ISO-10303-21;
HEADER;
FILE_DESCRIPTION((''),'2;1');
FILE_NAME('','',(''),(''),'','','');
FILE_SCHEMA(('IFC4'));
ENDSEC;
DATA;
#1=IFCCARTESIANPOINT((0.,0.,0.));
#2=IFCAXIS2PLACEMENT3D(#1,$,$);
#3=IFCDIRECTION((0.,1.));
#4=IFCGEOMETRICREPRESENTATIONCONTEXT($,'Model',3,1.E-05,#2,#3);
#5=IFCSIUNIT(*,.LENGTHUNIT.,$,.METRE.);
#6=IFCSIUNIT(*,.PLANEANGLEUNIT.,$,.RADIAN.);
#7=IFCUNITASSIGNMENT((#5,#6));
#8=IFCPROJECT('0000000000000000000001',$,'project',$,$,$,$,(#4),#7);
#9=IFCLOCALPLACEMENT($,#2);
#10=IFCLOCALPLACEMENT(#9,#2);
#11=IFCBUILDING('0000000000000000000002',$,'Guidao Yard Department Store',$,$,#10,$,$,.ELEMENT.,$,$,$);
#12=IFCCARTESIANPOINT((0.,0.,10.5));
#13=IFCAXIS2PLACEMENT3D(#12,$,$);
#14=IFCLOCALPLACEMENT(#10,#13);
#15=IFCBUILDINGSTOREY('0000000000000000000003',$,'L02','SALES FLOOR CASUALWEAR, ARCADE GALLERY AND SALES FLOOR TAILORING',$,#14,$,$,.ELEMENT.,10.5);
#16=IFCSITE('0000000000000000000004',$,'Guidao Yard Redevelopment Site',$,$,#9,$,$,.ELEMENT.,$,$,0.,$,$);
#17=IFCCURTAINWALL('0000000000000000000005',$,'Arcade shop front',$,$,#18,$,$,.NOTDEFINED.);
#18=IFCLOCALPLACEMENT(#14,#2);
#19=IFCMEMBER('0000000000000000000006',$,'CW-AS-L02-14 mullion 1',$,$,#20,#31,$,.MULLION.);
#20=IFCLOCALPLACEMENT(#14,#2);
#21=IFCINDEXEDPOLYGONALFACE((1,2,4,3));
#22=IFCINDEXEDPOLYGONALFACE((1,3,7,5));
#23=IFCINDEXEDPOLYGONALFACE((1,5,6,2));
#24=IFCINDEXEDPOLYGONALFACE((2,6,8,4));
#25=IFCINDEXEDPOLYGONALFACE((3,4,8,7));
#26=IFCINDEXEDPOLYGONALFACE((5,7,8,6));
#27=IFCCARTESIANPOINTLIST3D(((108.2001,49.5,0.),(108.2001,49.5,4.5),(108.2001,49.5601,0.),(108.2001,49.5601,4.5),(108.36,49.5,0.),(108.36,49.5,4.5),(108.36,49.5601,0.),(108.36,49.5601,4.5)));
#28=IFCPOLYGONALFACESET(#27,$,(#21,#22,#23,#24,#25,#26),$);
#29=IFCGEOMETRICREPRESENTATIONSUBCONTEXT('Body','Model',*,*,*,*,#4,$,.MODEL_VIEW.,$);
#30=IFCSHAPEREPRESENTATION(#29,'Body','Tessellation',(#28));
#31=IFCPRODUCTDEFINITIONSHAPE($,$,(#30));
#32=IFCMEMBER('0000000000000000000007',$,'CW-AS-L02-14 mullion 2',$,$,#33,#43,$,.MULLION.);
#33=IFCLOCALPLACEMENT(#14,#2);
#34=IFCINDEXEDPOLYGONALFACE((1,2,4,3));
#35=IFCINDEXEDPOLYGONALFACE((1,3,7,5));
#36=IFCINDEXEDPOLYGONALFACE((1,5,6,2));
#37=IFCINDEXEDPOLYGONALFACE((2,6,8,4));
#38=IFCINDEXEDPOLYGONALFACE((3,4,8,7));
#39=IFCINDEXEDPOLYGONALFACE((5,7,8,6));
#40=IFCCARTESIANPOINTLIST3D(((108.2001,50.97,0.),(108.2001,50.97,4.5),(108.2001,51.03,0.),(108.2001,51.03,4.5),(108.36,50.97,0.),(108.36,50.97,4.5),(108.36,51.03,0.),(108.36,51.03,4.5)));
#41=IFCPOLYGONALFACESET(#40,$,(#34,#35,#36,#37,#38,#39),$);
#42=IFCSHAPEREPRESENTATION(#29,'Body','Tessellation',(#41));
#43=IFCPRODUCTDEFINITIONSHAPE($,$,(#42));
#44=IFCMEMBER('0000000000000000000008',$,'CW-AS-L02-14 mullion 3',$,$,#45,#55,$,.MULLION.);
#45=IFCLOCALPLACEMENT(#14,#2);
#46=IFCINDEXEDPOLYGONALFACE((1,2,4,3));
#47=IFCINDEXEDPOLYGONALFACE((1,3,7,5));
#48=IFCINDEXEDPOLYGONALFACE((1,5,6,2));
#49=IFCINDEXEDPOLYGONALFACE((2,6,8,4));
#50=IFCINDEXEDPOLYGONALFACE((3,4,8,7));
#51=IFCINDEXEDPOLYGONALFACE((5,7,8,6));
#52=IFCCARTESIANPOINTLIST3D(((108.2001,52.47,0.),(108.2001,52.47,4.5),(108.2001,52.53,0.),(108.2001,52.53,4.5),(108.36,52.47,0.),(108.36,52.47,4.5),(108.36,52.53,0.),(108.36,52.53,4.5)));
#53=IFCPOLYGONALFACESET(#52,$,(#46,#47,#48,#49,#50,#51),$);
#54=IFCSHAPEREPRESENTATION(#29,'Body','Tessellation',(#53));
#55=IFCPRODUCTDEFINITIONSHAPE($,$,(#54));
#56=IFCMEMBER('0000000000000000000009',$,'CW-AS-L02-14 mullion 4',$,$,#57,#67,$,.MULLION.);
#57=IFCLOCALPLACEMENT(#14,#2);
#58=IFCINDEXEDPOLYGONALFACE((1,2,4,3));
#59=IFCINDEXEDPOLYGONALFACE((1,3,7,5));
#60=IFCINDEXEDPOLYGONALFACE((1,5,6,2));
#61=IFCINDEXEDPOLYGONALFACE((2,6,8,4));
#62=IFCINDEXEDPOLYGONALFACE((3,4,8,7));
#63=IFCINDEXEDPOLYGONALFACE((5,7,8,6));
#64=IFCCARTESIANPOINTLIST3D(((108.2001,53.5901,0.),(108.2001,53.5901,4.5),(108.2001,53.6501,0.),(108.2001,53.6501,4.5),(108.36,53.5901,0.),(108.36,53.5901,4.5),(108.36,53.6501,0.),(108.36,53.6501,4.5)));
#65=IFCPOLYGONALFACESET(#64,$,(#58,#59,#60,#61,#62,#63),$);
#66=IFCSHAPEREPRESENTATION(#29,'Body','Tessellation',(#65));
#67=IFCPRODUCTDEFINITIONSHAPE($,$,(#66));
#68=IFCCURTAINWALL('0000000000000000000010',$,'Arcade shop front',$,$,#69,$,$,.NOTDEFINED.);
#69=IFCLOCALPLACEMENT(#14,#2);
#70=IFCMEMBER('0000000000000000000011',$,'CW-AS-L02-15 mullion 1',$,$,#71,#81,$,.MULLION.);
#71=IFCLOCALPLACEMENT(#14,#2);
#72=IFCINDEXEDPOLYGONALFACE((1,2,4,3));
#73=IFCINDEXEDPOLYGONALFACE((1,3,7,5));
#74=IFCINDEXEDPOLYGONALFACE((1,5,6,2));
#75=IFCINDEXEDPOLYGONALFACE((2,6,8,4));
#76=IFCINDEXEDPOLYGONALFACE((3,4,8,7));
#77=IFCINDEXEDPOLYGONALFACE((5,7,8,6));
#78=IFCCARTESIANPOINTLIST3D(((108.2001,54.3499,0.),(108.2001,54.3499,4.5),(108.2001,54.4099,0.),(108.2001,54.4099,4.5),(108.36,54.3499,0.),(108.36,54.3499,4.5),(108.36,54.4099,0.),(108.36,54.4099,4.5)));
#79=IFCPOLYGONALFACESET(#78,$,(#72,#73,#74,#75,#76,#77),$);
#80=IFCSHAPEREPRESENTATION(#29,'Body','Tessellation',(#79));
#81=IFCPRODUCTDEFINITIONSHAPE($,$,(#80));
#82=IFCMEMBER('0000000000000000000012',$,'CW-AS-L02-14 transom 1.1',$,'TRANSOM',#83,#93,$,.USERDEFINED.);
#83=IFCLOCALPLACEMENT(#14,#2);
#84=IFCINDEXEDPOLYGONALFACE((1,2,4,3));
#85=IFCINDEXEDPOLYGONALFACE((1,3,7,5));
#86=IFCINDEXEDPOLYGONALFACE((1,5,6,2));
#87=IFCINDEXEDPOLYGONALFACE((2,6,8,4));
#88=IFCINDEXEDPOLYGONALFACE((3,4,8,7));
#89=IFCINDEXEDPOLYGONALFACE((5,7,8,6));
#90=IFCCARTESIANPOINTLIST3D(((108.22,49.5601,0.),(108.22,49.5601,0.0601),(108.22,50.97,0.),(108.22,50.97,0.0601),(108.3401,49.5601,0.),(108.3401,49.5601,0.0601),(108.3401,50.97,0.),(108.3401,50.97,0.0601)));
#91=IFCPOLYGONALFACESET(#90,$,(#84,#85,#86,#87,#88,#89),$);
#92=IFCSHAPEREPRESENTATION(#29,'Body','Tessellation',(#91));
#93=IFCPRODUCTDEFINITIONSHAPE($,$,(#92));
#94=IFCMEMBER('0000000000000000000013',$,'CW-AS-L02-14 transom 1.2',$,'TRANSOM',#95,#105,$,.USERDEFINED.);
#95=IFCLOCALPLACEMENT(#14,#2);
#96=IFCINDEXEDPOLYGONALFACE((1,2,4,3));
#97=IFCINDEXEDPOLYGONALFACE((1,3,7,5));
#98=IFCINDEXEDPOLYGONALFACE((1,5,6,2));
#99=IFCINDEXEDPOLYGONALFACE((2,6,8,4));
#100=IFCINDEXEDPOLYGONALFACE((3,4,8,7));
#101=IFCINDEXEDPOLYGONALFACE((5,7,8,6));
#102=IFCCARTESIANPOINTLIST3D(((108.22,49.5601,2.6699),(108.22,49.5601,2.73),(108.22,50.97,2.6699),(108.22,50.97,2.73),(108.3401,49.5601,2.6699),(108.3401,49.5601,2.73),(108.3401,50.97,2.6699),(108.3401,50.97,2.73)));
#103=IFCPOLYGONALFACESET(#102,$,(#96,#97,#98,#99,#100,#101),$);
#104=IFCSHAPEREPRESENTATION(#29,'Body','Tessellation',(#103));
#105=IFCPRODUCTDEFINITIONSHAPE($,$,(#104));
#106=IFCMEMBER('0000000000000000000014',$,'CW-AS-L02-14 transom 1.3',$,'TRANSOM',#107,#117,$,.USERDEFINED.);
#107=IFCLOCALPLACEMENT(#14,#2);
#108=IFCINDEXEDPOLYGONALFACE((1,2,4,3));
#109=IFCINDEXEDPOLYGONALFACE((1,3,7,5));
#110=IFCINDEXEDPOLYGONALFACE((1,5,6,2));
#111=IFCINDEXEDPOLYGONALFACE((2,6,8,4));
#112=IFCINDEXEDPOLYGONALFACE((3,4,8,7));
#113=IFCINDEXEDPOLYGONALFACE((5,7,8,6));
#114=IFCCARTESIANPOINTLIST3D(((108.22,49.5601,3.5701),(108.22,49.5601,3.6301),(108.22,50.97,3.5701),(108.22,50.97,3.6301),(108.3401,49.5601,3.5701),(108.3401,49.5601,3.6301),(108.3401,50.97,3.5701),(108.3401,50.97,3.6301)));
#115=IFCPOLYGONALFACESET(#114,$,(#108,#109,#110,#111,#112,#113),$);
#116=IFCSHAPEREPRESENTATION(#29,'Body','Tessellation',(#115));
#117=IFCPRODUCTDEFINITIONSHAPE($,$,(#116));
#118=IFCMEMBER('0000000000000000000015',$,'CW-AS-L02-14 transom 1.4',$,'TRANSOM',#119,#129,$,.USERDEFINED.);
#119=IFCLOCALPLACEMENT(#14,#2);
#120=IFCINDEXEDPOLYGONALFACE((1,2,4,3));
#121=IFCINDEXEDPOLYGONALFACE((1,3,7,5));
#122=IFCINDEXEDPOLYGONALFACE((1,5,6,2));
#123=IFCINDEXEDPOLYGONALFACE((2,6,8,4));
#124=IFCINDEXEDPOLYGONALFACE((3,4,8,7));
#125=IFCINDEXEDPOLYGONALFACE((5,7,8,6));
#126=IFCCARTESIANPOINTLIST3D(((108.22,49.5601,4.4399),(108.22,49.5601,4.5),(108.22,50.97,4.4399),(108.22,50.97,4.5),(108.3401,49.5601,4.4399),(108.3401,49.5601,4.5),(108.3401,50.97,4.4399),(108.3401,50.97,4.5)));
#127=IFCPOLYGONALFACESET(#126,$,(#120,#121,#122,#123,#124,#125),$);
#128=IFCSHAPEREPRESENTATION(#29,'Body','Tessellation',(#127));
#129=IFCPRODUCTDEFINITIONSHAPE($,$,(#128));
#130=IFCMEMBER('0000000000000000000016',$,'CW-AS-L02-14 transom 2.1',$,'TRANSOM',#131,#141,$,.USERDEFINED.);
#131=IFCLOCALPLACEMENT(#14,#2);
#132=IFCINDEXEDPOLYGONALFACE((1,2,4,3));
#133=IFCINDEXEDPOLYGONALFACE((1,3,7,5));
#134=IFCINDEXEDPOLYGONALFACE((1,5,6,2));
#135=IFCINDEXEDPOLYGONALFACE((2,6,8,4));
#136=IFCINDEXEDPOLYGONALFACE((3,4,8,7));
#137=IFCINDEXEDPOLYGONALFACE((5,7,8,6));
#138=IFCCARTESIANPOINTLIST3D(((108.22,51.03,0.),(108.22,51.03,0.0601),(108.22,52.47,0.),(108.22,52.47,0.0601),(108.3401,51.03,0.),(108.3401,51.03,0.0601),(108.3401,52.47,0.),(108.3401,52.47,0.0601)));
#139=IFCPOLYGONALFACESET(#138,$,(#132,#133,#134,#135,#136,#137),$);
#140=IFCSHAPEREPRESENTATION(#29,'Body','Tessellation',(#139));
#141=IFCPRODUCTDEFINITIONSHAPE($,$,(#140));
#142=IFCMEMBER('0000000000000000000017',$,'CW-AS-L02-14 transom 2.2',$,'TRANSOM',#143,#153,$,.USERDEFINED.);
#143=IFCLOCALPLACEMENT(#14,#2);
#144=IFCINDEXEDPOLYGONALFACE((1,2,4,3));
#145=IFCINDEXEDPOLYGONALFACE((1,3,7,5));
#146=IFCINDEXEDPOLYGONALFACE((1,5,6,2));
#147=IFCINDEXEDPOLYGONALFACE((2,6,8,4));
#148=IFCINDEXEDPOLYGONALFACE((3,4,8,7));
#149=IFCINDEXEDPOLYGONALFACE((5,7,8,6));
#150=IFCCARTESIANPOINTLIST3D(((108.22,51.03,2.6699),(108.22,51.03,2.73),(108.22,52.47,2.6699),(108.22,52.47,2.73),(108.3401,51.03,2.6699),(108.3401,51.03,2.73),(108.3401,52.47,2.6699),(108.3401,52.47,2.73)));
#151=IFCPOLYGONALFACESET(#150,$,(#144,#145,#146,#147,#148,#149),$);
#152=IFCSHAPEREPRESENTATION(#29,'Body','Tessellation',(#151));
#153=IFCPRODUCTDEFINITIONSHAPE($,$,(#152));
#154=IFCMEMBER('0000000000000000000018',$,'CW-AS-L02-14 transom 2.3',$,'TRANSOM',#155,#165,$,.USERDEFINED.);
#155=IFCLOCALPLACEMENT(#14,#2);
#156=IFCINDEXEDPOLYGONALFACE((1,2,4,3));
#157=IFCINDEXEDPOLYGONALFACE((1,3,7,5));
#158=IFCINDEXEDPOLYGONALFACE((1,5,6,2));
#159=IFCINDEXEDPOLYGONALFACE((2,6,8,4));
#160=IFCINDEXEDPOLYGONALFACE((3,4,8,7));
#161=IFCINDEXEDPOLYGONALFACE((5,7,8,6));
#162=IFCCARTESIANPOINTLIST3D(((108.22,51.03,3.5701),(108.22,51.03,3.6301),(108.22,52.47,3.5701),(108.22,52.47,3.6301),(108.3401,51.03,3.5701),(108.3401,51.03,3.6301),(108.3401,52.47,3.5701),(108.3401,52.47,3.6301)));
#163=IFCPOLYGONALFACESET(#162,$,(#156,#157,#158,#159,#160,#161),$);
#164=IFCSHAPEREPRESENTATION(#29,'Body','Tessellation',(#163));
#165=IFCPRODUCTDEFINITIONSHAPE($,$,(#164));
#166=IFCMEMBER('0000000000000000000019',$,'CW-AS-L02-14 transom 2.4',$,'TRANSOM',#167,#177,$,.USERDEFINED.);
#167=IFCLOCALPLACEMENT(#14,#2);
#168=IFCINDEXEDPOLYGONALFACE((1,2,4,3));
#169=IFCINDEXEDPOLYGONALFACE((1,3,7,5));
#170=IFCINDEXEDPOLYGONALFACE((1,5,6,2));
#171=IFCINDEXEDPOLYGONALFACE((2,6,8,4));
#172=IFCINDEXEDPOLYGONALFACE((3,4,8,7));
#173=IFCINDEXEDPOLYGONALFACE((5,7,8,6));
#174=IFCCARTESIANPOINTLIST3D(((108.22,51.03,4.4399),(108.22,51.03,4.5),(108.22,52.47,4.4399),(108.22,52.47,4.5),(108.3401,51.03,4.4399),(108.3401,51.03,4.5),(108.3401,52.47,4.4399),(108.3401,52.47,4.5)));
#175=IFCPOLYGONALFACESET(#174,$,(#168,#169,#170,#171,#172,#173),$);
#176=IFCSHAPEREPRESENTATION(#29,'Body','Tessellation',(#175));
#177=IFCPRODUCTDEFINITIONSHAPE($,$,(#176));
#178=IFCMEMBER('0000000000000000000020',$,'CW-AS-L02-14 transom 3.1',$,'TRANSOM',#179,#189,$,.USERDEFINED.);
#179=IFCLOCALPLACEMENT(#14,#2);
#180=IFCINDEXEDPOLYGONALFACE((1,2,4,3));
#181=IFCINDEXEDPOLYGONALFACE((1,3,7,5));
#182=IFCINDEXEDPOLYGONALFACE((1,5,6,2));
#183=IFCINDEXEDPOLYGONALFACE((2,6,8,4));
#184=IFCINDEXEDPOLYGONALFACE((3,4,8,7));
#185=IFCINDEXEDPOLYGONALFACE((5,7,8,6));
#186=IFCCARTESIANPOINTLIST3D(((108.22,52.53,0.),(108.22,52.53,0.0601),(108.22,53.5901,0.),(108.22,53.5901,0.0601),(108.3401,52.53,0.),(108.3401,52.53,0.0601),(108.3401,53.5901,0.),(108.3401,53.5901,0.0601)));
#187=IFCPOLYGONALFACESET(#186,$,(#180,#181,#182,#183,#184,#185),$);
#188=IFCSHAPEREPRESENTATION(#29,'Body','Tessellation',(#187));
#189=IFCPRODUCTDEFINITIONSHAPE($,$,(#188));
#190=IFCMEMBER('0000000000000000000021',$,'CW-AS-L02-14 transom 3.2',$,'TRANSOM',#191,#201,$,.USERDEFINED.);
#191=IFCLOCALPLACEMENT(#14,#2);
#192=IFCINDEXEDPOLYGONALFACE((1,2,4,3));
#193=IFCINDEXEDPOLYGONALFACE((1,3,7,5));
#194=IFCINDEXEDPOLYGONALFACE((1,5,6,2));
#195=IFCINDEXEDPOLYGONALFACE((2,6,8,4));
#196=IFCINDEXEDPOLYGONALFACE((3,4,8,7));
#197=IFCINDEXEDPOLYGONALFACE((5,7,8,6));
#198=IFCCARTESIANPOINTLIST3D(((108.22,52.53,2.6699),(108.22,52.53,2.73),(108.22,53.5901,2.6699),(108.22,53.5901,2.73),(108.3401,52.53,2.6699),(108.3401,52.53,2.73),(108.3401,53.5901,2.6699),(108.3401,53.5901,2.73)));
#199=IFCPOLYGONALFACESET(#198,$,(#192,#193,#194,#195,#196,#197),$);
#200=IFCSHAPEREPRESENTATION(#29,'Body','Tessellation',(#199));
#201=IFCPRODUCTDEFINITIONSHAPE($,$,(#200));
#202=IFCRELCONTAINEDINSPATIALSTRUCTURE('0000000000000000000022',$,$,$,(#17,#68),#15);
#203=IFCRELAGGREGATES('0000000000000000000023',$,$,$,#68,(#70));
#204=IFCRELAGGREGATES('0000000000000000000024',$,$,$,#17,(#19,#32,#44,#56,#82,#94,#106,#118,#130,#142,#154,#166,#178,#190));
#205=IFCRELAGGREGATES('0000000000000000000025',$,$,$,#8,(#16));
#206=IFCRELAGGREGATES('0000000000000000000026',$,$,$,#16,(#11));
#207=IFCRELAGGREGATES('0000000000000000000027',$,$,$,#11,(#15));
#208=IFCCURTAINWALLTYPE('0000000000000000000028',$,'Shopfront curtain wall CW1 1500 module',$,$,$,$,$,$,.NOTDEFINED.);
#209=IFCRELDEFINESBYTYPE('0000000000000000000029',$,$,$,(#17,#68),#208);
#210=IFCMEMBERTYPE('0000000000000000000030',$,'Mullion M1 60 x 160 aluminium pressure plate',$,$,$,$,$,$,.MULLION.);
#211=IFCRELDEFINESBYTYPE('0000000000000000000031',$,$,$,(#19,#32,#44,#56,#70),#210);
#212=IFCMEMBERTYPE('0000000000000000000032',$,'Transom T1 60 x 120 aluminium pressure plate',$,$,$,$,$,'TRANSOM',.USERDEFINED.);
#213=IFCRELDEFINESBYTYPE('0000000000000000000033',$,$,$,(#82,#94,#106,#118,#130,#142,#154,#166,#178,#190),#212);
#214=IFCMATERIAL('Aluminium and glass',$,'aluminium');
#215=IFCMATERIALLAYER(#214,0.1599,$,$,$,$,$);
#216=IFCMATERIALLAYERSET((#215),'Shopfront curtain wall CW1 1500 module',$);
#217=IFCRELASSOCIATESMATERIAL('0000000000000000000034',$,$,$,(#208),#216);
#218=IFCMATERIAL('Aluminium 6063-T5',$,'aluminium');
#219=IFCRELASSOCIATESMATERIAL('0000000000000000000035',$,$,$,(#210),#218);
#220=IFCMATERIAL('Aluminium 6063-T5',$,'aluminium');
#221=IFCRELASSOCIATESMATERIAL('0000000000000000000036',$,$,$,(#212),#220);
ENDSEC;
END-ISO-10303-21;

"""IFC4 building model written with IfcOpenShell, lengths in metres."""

from ifc_helpers import new_model, si_unit, direction, frame, origin, origin_2d, place, context, subcontext, project, spatial, rectangle, extrude, material, layer, layer_set, material_profile, profile_set, type_object, element, aggregate, save


model = new_model("IFC4")

# Units and contexts
model_context = context("Model", 3, precision=1e-05, world=origin(), true_north=direction((0.0, 1.0)))
body_context = subcontext(model_context, "Body", "Model", "MODEL_VIEW")
ifc_project = project(units=[si_unit("LENGTHUNIT", "METRE"), si_unit("PLANEANGLEUNIT", "RADIAN")], contexts=[model_context])

# Site, building, storey
site_placement = place(None, origin())
site = spatial("IfcSite", under=ifc_project, at=site_placement, Name="Guidao Yard Redevelopment Site", CompositionType="ELEMENT", RefElevation=0.0)
building_placement = place(site_placement, origin())
building = spatial("IfcBuilding", under=site, at=building_placement, Name="Guidao Yard Department Store", CompositionType="ELEMENT")
storey_placement = place(building_placement, frame((0.0, 0.0, 10.5)))
storey = spatial("IfcBuildingStorey", under=building, at=storey_placement, Name="L02", Description="SALES FLOOR CASUALWEAR, ARCADE GALLERY AND SALES FLOOR TAILORING", CompositionType="ELEMENT", Elevation=10.5)

# Curtain wall, members
ifc_material_1 = material(Name="Aluminium and glass", Category="aluminium")
ifc_layer_1 = layer(ifc_material_1, 0.1599)
ifc_layer_set_1 = layer_set([ifc_layer_1], Name="Shopfront curtain wall CW1 1500 module")
curtain_wall_type = type_object("IfcCurtainWallType", Name="Shopfront curtain wall CW1 1500 module", PredefinedType="NOTDEFINED", material=ifc_layer_set_1)
curtain_wall_1_placement = place(storey_placement, origin())
curtain_wall_1 = element("IfcCurtainWall", 1, at=curtain_wall_1_placement, inside=storey, type_object=curtain_wall_type, Name="Arcade shop front", PredefinedType="NOTDEFINED")
ifc_material_2 = material(Name="Aluminium 6063-T5", Category="aluminium")
ifc_material_profile_1 = material_profile(ifc_material_2, rectangle(XDim=0.0601, YDim=0.1599, at=origin_2d()), Name="Mullion M1 60 x 160 aluminium pressure plate")
ifc_profile_set_1 = profile_set([ifc_material_profile_1], Name="Aluminium 6063-T5")
member_type_1 = type_object("IfcMemberType", Name="Mullion M1 60 x 160 aluminium pressure plate", PredefinedType="MULLION", material=ifc_profile_set_1)
member_1_placement = place(storey_placement, frame((108.28, 49.53, 0.0), z_axis=(0.0, 0.0, 1.0), x_axis=(0.0, -1.0, 0.0)))
member_1 = element("IfcMember", 2, at=member_1_placement, type_object=member_type_1, Name="CW-AS-L02-14 mullion 1", PredefinedType="MULLION", context=body_context, shape_type="SweptSolid", body=[
    extrude(rectangle(XDim=0.0601, YDim=0.1599, at=origin_2d()), origin(), (0.0, 0.0, 1.0), 4.5),
])
member_2_placement = place(storey_placement, frame((108.28, 51.0, 0.0), z_axis=(0.0, 0.0, 1.0), x_axis=(0.0, -1.0, 0.0)))
member_2 = element("IfcMember", 3, at=member_2_placement, type_object=member_type_1, Name="CW-AS-L02-14 mullion 2", PredefinedType="MULLION", context=body_context, shape_type="SweptSolid", body=[
    extrude(rectangle(XDim=0.0601, YDim=0.1599, at=origin_2d()), origin(), (0.0, 0.0, 1.0), 4.5),
])
member_3_placement = place(storey_placement, frame((108.28, 52.5, 0.0), z_axis=(0.0, 0.0, 1.0), x_axis=(0.0, -1.0, 0.0)))
member_3 = element("IfcMember", 4, at=member_3_placement, type_object=member_type_1, Name="CW-AS-L02-14 mullion 3", PredefinedType="MULLION", context=body_context, shape_type="SweptSolid", body=[
    extrude(rectangle(XDim=0.0601, YDim=0.1599, at=origin_2d()), origin(), (0.0, 0.0, 1.0), 4.5),
])
member_4_placement = place(storey_placement, frame((108.28, 53.6201, 0.0), z_axis=(0.0, 0.0, 1.0), x_axis=(0.0, -1.0, 0.0)))
member_4 = element("IfcMember", 5, at=member_4_placement, type_object=member_type_1, Name="CW-AS-L02-14 mullion 4", PredefinedType="MULLION", context=body_context, shape_type="SweptSolid", body=[
    extrude(rectangle(XDim=0.0601, YDim=0.1599, at=origin_2d()), origin(), (0.0, 0.0, 1.0), 4.5),
])

# Curtain wall, member
curtain_wall_2_placement = place(storey_placement, origin())
curtain_wall_2 = element("IfcCurtainWall", 6, at=curtain_wall_2_placement, inside=storey, type_object=curtain_wall_type, Name="Arcade shop front", PredefinedType="NOTDEFINED")
member_5_placement = place(storey_placement, frame((108.28, 54.3799, 0.0), z_axis=(0.0, 0.0, 1.0), x_axis=(0.0, -1.0, 0.0)))
member_5 = element("IfcMember", 7, at=member_5_placement, type_object=member_type_1, Name="CW-AS-L02-15 mullion 1", PredefinedType="MULLION", context=body_context, shape_type="SweptSolid", body=[
    extrude(rectangle(XDim=0.0601, YDim=0.1599, at=origin_2d()), origin(), (0.0, 0.0, 1.0), 4.5),
])
aggregate(curtain_wall_2, [member_5])

# Members
ifc_material_3 = material(Name="Aluminium 6063-T5", Category="aluminium")
ifc_material_profile_2 = material_profile(ifc_material_3, rectangle(XDim=0.1201, YDim=0.0601, at=origin_2d()), Name="Transom T1 60 x 120 aluminium pressure plate")
ifc_profile_set_2 = profile_set([ifc_material_profile_2], Name="Aluminium 6063-T5")
member_type_2 = type_object("IfcMemberType", Name="Transom T1 60 x 120 aluminium pressure plate", ElementType="TRANSOM", PredefinedType="USERDEFINED", material=ifc_profile_set_2)
member_6_placement = place(storey_placement, frame((108.28, 50.97, 0.03), z_axis=(0.0, -1.0, 0.0), x_axis=(1.0, 0.0, 0.0)))
member_6 = element("IfcMember", 8, at=member_6_placement, type_object=member_type_2, Name="CW-AS-L02-14 transom 1.1", ObjectType="TRANSOM", PredefinedType="USERDEFINED", context=body_context, shape_type="SweptSolid", body=[
    extrude(rectangle(XDim=0.1201, YDim=0.0601, at=origin_2d()), origin(), (0.0, 0.0, 1.0), 1.4099),
])
member_7_placement = place(storey_placement, frame((108.28, 50.97, 2.7), z_axis=(0.0, -1.0, 0.0), x_axis=(1.0, 0.0, 0.0)))
member_7 = element("IfcMember", 9, at=member_7_placement, type_object=member_type_2, Name="CW-AS-L02-14 transom 1.2", ObjectType="TRANSOM", PredefinedType="USERDEFINED", context=body_context, shape_type="SweptSolid", body=[
    extrude(rectangle(XDim=0.1201, YDim=0.0601, at=origin_2d()), origin(), (0.0, 0.0, 1.0), 1.4099),
])
member_8_placement = place(storey_placement, frame((108.28, 50.97, 3.6001), z_axis=(0.0, -1.0, 0.0), x_axis=(1.0, 0.0, 0.0)))
member_8 = element("IfcMember", 10, at=member_8_placement, type_object=member_type_2, Name="CW-AS-L02-14 transom 1.3", ObjectType="TRANSOM", PredefinedType="USERDEFINED", context=body_context, shape_type="SweptSolid", body=[
    extrude(rectangle(XDim=0.1201, YDim=0.0601, at=origin_2d()), origin(), (0.0, 0.0, 1.0), 1.4099),
])
member_9_placement = place(storey_placement, frame((108.28, 50.97, 4.47), z_axis=(0.0, -1.0, 0.0), x_axis=(1.0, 0.0, 0.0)))
member_9 = element("IfcMember", 11, at=member_9_placement, type_object=member_type_2, Name="CW-AS-L02-14 transom 1.4", ObjectType="TRANSOM", PredefinedType="USERDEFINED", context=body_context, shape_type="SweptSolid", body=[
    extrude(rectangle(XDim=0.1201, YDim=0.0601, at=origin_2d()), origin(), (0.0, 0.0, 1.0), 1.4099),
])
member_10_placement = place(storey_placement, frame((108.28, 52.47, 0.03), z_axis=(0.0, -1.0, 0.0), x_axis=(1.0, 0.0, 0.0)))
member_10 = element("IfcMember", 12, at=member_10_placement, type_object=member_type_2, Name="CW-AS-L02-14 transom 2.1", ObjectType="TRANSOM", PredefinedType="USERDEFINED", context=body_context, shape_type="SweptSolid", body=[
    extrude(rectangle(XDim=0.1201, YDim=0.0601, at=origin_2d()), origin(), (0.0, 0.0, 1.0), 1.4399),
])
member_11_placement = place(storey_placement, frame((108.28, 52.47, 2.7), z_axis=(0.0, -1.0, 0.0), x_axis=(1.0, 0.0, 0.0)))
member_11 = element("IfcMember", 13, at=member_11_placement, type_object=member_type_2, Name="CW-AS-L02-14 transom 2.2", ObjectType="TRANSOM", PredefinedType="USERDEFINED", context=body_context, shape_type="SweptSolid", body=[
    extrude(rectangle(XDim=0.1201, YDim=0.0601, at=origin_2d()), origin(), (0.0, 0.0, 1.0), 1.4399),
])
member_12_placement = place(storey_placement, frame((108.28, 52.47, 3.6001), z_axis=(0.0, -1.0, 0.0), x_axis=(1.0, 0.0, 0.0)))
member_12 = element("IfcMember", 14, at=member_12_placement, type_object=member_type_2, Name="CW-AS-L02-14 transom 2.3", ObjectType="TRANSOM", PredefinedType="USERDEFINED", context=body_context, shape_type="SweptSolid", body=[
    extrude(rectangle(XDim=0.1201, YDim=0.0601, at=origin_2d()), origin(), (0.0, 0.0, 1.0), 1.4399),
])
member_13_placement = place(storey_placement, frame((108.28, 52.47, 4.47), z_axis=(0.0, -1.0, 0.0), x_axis=(1.0, 0.0, 0.0)))
member_13 = element("IfcMember", 15, at=member_13_placement, type_object=member_type_2, Name="CW-AS-L02-14 transom 2.4", ObjectType="TRANSOM", PredefinedType="USERDEFINED", context=body_context, shape_type="SweptSolid", body=[
    extrude(rectangle(XDim=0.1201, YDim=0.0601, at=origin_2d()), origin(), (0.0, 0.0, 1.0), 1.4399),
])
member_14_placement = place(storey_placement, frame((108.28, 53.5901, 0.03), z_axis=(0.0, -1.0, 0.0), x_axis=(1.0, 0.0, 0.0)))
member_14 = element("IfcMember", 16, at=member_14_placement, type_object=member_type_2, Name="CW-AS-L02-14 transom 3.1", ObjectType="TRANSOM", PredefinedType="USERDEFINED", context=body_context, shape_type="SweptSolid", body=[
    extrude(rectangle(XDim=0.1201, YDim=0.0601, at=origin_2d()), origin(), (0.0, 0.0, 1.0), 1.0601),
])
member_15_placement = place(storey_placement, frame((108.28, 53.5901, 2.7), z_axis=(0.0, -1.0, 0.0), x_axis=(1.0, 0.0, 0.0)))
member_15 = element("IfcMember", 17, at=member_15_placement, type_object=member_type_2, Name="CW-AS-L02-14 transom 3.2", ObjectType="TRANSOM", PredefinedType="USERDEFINED", context=body_context, shape_type="SweptSolid", body=[
    extrude(rectangle(XDim=0.1201, YDim=0.0601, at=origin_2d()), origin(), (0.0, 0.0, 1.0), 1.0601),
])

aggregate(curtain_wall_1, [member_1, member_2, member_3, member_4, member_6, member_7, member_8, member_9, member_10, member_11, member_12, member_13, member_14, member_15])

save(model, "model.ifc")
